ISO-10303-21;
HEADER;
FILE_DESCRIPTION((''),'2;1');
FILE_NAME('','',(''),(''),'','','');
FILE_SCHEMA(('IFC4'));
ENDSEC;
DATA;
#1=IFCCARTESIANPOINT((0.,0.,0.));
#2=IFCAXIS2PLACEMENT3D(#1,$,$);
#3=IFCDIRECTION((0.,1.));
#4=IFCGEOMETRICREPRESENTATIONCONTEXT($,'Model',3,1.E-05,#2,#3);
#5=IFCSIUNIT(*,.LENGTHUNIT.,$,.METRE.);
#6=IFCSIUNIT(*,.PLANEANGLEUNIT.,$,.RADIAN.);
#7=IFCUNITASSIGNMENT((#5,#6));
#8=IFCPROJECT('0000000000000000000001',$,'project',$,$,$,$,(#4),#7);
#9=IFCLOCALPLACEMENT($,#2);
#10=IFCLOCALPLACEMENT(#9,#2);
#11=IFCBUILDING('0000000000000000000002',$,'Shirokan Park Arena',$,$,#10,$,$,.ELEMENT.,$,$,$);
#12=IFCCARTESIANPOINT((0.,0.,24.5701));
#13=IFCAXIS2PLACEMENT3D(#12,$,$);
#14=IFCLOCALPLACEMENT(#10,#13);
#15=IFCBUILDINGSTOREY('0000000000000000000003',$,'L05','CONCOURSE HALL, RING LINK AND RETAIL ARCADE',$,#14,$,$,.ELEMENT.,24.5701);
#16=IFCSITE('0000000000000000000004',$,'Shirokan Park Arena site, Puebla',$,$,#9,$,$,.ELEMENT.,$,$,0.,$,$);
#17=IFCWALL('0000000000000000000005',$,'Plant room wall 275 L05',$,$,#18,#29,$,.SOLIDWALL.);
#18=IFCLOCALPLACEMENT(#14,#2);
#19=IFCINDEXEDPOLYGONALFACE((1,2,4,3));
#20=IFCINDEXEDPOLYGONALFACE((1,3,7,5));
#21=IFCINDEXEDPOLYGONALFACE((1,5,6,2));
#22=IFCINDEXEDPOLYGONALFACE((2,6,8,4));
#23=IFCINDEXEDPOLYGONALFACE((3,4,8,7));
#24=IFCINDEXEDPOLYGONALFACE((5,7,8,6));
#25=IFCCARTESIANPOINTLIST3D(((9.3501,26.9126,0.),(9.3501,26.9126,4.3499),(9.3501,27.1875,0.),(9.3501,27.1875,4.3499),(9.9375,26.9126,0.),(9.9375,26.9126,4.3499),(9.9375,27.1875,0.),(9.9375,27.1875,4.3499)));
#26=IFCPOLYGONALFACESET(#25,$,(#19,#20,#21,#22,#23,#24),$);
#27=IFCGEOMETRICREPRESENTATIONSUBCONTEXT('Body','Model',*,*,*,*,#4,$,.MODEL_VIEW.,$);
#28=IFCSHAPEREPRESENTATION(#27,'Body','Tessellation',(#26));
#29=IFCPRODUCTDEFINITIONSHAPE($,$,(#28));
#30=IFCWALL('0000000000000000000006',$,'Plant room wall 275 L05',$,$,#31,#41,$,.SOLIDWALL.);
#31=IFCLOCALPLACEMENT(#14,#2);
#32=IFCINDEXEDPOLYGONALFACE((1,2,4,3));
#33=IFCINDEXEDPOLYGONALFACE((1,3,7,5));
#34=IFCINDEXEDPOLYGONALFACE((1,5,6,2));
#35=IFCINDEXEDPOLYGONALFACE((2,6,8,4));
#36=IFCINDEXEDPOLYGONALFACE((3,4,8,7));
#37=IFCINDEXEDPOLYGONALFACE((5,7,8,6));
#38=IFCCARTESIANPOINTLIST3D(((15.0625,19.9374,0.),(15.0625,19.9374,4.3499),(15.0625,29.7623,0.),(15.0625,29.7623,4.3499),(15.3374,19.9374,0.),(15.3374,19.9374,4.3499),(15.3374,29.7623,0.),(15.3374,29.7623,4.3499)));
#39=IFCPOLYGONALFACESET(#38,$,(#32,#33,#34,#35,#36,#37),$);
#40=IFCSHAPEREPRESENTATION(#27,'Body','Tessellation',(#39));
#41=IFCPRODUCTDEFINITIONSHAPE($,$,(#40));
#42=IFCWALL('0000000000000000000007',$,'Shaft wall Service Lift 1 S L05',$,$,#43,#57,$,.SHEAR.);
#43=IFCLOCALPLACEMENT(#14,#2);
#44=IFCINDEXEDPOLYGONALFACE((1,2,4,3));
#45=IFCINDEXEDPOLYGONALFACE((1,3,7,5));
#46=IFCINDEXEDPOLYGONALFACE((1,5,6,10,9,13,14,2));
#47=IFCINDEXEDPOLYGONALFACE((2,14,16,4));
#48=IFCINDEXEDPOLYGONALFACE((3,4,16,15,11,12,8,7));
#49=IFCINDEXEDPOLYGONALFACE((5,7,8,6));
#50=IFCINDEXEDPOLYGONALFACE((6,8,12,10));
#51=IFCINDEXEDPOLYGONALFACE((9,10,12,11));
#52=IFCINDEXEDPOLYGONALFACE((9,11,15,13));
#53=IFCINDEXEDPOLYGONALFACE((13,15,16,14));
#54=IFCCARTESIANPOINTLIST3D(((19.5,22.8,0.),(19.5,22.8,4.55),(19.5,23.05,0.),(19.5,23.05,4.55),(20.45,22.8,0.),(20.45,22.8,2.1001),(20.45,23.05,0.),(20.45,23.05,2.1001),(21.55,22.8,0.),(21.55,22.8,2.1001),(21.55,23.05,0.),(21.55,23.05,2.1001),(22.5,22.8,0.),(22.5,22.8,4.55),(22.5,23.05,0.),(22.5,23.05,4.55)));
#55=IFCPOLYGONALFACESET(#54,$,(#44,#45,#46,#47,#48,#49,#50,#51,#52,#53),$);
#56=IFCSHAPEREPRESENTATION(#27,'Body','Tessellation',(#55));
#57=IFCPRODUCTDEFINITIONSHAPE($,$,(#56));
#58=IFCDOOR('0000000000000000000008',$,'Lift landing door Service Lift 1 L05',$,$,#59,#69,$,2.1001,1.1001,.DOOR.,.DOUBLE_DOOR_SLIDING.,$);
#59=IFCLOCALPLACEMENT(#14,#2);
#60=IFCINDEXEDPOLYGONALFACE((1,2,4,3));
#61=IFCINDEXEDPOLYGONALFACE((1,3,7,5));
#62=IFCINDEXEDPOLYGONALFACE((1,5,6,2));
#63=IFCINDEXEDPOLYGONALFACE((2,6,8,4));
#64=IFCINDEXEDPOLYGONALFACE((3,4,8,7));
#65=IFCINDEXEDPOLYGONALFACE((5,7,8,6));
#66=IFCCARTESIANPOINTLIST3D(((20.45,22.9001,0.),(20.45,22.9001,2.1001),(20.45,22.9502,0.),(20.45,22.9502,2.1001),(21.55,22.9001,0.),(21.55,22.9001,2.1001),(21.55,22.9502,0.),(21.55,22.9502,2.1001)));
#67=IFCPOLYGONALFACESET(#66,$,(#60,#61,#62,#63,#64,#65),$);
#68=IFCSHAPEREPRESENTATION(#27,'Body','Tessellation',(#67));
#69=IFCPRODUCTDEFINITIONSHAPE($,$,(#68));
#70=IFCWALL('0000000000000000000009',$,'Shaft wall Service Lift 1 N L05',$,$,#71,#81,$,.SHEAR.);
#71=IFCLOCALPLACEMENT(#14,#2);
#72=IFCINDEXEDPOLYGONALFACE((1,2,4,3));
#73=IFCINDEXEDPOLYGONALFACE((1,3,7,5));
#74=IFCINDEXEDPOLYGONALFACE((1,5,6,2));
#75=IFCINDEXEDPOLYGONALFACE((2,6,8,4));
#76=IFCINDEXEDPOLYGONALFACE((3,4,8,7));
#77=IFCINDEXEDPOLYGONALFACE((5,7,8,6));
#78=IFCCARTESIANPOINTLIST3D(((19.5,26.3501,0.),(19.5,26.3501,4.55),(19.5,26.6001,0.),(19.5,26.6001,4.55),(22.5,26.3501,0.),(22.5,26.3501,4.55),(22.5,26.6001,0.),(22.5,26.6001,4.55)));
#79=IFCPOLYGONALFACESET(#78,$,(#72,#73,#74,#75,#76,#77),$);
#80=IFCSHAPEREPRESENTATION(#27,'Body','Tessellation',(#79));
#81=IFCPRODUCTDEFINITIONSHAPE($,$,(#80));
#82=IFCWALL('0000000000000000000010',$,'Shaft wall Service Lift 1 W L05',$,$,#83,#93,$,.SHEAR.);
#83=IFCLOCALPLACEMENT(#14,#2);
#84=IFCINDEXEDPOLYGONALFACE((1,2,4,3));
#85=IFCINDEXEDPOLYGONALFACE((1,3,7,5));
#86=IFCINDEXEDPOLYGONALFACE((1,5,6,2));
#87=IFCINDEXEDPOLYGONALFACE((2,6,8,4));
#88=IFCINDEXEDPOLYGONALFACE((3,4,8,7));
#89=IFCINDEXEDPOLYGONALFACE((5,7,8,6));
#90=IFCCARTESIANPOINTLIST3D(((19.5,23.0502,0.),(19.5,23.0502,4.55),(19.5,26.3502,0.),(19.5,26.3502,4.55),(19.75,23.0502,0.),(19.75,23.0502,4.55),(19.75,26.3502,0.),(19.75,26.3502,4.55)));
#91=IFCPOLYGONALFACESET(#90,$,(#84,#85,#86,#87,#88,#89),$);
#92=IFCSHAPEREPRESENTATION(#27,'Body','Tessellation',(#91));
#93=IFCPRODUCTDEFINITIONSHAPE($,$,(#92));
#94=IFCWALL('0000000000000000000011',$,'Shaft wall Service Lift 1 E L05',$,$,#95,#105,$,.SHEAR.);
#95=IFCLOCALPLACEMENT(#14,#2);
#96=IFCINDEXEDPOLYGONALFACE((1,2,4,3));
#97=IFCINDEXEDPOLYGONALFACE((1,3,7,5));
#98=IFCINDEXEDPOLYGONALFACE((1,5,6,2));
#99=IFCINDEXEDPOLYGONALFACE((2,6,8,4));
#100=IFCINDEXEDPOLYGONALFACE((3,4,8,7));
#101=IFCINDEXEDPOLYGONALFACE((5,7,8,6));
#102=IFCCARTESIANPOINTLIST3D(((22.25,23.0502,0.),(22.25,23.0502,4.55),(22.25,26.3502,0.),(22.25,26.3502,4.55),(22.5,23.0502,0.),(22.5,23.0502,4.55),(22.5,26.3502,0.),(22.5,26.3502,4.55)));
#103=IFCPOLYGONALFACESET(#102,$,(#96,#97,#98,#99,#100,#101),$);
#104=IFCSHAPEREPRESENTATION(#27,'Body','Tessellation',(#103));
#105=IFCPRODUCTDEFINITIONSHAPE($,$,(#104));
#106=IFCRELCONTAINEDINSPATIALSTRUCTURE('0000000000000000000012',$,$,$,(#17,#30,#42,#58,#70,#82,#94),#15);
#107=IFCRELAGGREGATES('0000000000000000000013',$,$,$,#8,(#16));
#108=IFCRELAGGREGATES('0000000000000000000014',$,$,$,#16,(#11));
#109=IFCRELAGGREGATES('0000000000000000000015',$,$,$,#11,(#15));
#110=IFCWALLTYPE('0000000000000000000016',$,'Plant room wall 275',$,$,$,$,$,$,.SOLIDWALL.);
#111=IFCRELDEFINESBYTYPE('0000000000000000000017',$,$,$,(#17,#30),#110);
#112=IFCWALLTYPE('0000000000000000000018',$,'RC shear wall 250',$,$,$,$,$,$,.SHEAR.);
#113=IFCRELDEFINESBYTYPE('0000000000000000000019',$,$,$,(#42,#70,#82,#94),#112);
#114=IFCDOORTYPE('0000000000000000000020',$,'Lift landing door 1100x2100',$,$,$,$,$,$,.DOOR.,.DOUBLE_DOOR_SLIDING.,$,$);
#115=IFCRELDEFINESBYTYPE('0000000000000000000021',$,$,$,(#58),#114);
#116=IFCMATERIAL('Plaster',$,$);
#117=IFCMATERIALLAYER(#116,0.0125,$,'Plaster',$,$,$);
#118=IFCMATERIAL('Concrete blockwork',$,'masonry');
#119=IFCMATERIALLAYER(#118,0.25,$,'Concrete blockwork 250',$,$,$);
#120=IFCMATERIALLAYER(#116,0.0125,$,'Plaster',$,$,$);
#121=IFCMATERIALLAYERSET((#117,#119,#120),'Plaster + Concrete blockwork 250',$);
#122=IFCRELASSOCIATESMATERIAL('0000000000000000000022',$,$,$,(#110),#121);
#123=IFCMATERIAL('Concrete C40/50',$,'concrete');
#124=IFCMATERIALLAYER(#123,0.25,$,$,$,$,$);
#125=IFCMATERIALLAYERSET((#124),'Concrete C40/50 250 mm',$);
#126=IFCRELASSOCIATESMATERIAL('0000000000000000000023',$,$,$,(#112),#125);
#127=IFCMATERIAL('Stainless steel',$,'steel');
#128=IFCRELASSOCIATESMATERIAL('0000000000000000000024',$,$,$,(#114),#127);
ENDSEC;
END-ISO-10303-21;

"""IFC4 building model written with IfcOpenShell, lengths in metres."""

from ifc_helpers import new_model, si_unit, direction, frame, frame_2d, origin, place, context, subcontext, project, spatial, rectangle, extrude, material, layer, layer_set, type_object, element, fill, save


model = new_model("IFC4")

# Units and contexts
model_context = context("Model", 3, precision=1e-05, world=origin(), true_north=direction((0.0, 1.0)))
body_context = subcontext(model_context, "Body", "Model", "MODEL_VIEW")
ifc_project = project(units=[si_unit("LENGTHUNIT", "METRE"), si_unit("PLANEANGLEUNIT", "RADIAN")], contexts=[model_context])

# Site, building, storey
site_placement = place(None, origin())
site = spatial("IfcSite", under=ifc_project, at=site_placement, Name="Shirokan Park Arena site, Puebla", CompositionType="ELEMENT", RefElevation=0.0)
building_placement = place(site_placement, origin())
building = spatial("IfcBuilding", under=site, at=building_placement, Name="Shirokan Park Arena", CompositionType="ELEMENT")
storey_placement = place(building_placement, frame((0.0, 0.0, 24.5701)))
storey = spatial("IfcBuildingStorey", under=building, at=storey_placement, Name="L05", Description="CONCOURSE HALL, RING LINK AND RETAIL ARCADE", CompositionType="ELEMENT", Elevation=24.5701)

# Walls
ifc_material_1 = material(Name="Plaster")
ifc_layer_1 = layer(ifc_material_1, 0.0125, Name="Plaster")
ifc_material_2 = material(Name="Concrete blockwork", Category="masonry")
ifc_layer_2 = layer(ifc_material_2, 0.25, Name="Concrete blockwork 250")
ifc_layer_3 = layer(ifc_material_1, 0.0125, Name="Plaster")
ifc_layer_set_1 = layer_set([ifc_layer_1, ifc_layer_2, ifc_layer_3], Name="Plaster + Concrete blockwork 250")
wall_type_1 = type_object("IfcWallType", Name="Plant room wall 275", PredefinedType="SOLIDWALL", material=ifc_layer_set_1)
wall_1_placement = place(storey_placement, frame((9.9375, 27.05, 0.0), z_axis=(0.0, 0.0, 1.0), x_axis=(-1.0, 0.0, 0.0)))
element("IfcWall", 1, at=wall_1_placement, inside=storey, type_object=wall_type_1, Name="Plant room wall 275 L05", PredefinedType="SOLIDWALL", context=body_context, shape_type="SweptSolid", body=[
    extrude(rectangle(XDim=0.5874, YDim=0.2749, at=frame_2d((0.2937, 0.0))), origin(), (0.0, 0.0, 1.0), 4.3499),
])
wall_2_placement = place(storey_placement, frame((15.2, 29.7625, 0.0), z_axis=(0.0, 0.0, 1.0), x_axis=(0.0, -1.0, 0.0)))
element("IfcWall", 2, at=wall_2_placement, inside=storey, type_object=wall_type_1, Name="Plant room wall 275 L05", PredefinedType="SOLIDWALL", context=body_context, shape_type="SweptSolid", body=[
    extrude(rectangle(XDim=9.825, YDim=0.2749, at=frame_2d((4.9126, 0.0))), origin(), (0.0, 0.0, 1.0), 4.3499),
])

# Wall, opening, door
ifc_material_3 = material(Name="Concrete C40/50", Category="concrete")
ifc_layer_4 = layer(ifc_material_3, 0.25)
ifc_layer_set_2 = layer_set([ifc_layer_4], Name="Concrete C40/50 250 mm")
wall_type_2 = type_object("IfcWallType", Name="RC shear wall 250", PredefinedType="SHEAR", material=ifc_layer_set_2)
wall_3_placement = place(storey_placement, frame((22.5, 22.925, 0.0), z_axis=(0.0, 0.0, 1.0), x_axis=(-1.0, 0.0, 0.0)))
wall_3 = element("IfcWall", 3, at=wall_3_placement, inside=storey, type_object=wall_type_2, Name="Shaft wall Service Lift 1 S L05", PredefinedType="SHEAR", context=body_context, shape_type="SweptSolid", body=[
    extrude(rectangle(XDim=3.0, YDim=0.25, at=frame_2d((1.5, 0.0))), origin(), (0.0, 0.0, 1.0), 4.55),
])
opening_1_placement = place(wall_3_placement, frame((0.95, 0.0, 0.0)))
opening_1 = element("IfcOpeningElement", 4, at=opening_1_placement, cuts=wall_3, PredefinedType="OPENING", context=body_context, shape_type="SweptSolid", body=[
    extrude(rectangle(XDim=1.1001, YDim=2.1001, at=frame_2d((0.55, 1.05))), frame((0.0, 0.135, 0.0), z_axis=(0.0, -1.0, 0.0), x_axis=(1.0, 0.0, 0.0)), (0.0, 0.0, 1.0), 0.27),
])
ifc_material_4 = material(Name="Stainless steel", Category="steel")
door_type_1 = type_object("IfcDoorType", Name="Lift landing door 1100x2100", OperationType="DOUBLE_DOOR_SLIDING", PredefinedType="DOOR", material=ifc_material_4)
door_1_placement = place(opening_1_placement, origin())
door_1 = element("IfcDoor", 5, at=door_1_placement, inside=storey, type_object=door_type_1, Name="Lift landing door Service Lift 1 L05", OperationType="DOUBLE_DOOR_SLIDING", OverallHeight=2.1001, OverallWidth=1.1001, PredefinedType="DOOR", context=body_context, shape_type="SweptSolid", body=[
    extrude(rectangle(XDim=1.1001, YDim=2.1001, at=frame_2d((0.55, 1.05))), frame((0.0, 0.0249, 0.0), z_axis=(0.0, -1.0, 0.0), x_axis=(1.0, 0.0, 0.0)), (0.0, 0.0, 1.0), 0.05),
])
fill(opening_1, door_1)

# Walls
wall_4_placement = place(storey_placement, frame((22.5, 26.4751, 0.0), z_axis=(0.0, 0.0, 1.0), x_axis=(-1.0, 0.0, 0.0)))
element("IfcWall", 6, at=wall_4_placement, inside=storey, type_object=wall_type_2, Name="Shaft wall Service Lift 1 N L05", PredefinedType="SHEAR", context=body_context, shape_type="SweptSolid", body=[
    extrude(rectangle(XDim=3.0, YDim=0.25, at=frame_2d((1.5, 0.0))), origin(), (0.0, 0.0, 1.0), 4.55),
])
for number, where, z_axis, x_axis, name in (
    (7, (19.625, 26.3501, 0.0), (0.0, 0.0, 1.0), (0.0, -1.0, 0.0), "Shaft wall Service Lift 1 W L05"),
    (8, (22.375, 26.3501, 0.0), (0.0, 0.0, 1.0), (0.0, -1.0, 0.0), "Shaft wall Service Lift 1 E L05"),
):
    element("IfcWall", number, at=place(storey_placement, frame(where, z_axis=z_axis, x_axis=x_axis)), inside=storey, type_object=wall_type_2, Name=name, PredefinedType="SHEAR", context=body_context, shape_type="SweptSolid", body=[
        extrude(rectangle(XDim=3.3, YDim=0.25, at=frame_2d((1.6499, 0.0))), origin(), (0.0, 0.0, 1.0), 4.55),
    ])

save(model, "model.ifc")
